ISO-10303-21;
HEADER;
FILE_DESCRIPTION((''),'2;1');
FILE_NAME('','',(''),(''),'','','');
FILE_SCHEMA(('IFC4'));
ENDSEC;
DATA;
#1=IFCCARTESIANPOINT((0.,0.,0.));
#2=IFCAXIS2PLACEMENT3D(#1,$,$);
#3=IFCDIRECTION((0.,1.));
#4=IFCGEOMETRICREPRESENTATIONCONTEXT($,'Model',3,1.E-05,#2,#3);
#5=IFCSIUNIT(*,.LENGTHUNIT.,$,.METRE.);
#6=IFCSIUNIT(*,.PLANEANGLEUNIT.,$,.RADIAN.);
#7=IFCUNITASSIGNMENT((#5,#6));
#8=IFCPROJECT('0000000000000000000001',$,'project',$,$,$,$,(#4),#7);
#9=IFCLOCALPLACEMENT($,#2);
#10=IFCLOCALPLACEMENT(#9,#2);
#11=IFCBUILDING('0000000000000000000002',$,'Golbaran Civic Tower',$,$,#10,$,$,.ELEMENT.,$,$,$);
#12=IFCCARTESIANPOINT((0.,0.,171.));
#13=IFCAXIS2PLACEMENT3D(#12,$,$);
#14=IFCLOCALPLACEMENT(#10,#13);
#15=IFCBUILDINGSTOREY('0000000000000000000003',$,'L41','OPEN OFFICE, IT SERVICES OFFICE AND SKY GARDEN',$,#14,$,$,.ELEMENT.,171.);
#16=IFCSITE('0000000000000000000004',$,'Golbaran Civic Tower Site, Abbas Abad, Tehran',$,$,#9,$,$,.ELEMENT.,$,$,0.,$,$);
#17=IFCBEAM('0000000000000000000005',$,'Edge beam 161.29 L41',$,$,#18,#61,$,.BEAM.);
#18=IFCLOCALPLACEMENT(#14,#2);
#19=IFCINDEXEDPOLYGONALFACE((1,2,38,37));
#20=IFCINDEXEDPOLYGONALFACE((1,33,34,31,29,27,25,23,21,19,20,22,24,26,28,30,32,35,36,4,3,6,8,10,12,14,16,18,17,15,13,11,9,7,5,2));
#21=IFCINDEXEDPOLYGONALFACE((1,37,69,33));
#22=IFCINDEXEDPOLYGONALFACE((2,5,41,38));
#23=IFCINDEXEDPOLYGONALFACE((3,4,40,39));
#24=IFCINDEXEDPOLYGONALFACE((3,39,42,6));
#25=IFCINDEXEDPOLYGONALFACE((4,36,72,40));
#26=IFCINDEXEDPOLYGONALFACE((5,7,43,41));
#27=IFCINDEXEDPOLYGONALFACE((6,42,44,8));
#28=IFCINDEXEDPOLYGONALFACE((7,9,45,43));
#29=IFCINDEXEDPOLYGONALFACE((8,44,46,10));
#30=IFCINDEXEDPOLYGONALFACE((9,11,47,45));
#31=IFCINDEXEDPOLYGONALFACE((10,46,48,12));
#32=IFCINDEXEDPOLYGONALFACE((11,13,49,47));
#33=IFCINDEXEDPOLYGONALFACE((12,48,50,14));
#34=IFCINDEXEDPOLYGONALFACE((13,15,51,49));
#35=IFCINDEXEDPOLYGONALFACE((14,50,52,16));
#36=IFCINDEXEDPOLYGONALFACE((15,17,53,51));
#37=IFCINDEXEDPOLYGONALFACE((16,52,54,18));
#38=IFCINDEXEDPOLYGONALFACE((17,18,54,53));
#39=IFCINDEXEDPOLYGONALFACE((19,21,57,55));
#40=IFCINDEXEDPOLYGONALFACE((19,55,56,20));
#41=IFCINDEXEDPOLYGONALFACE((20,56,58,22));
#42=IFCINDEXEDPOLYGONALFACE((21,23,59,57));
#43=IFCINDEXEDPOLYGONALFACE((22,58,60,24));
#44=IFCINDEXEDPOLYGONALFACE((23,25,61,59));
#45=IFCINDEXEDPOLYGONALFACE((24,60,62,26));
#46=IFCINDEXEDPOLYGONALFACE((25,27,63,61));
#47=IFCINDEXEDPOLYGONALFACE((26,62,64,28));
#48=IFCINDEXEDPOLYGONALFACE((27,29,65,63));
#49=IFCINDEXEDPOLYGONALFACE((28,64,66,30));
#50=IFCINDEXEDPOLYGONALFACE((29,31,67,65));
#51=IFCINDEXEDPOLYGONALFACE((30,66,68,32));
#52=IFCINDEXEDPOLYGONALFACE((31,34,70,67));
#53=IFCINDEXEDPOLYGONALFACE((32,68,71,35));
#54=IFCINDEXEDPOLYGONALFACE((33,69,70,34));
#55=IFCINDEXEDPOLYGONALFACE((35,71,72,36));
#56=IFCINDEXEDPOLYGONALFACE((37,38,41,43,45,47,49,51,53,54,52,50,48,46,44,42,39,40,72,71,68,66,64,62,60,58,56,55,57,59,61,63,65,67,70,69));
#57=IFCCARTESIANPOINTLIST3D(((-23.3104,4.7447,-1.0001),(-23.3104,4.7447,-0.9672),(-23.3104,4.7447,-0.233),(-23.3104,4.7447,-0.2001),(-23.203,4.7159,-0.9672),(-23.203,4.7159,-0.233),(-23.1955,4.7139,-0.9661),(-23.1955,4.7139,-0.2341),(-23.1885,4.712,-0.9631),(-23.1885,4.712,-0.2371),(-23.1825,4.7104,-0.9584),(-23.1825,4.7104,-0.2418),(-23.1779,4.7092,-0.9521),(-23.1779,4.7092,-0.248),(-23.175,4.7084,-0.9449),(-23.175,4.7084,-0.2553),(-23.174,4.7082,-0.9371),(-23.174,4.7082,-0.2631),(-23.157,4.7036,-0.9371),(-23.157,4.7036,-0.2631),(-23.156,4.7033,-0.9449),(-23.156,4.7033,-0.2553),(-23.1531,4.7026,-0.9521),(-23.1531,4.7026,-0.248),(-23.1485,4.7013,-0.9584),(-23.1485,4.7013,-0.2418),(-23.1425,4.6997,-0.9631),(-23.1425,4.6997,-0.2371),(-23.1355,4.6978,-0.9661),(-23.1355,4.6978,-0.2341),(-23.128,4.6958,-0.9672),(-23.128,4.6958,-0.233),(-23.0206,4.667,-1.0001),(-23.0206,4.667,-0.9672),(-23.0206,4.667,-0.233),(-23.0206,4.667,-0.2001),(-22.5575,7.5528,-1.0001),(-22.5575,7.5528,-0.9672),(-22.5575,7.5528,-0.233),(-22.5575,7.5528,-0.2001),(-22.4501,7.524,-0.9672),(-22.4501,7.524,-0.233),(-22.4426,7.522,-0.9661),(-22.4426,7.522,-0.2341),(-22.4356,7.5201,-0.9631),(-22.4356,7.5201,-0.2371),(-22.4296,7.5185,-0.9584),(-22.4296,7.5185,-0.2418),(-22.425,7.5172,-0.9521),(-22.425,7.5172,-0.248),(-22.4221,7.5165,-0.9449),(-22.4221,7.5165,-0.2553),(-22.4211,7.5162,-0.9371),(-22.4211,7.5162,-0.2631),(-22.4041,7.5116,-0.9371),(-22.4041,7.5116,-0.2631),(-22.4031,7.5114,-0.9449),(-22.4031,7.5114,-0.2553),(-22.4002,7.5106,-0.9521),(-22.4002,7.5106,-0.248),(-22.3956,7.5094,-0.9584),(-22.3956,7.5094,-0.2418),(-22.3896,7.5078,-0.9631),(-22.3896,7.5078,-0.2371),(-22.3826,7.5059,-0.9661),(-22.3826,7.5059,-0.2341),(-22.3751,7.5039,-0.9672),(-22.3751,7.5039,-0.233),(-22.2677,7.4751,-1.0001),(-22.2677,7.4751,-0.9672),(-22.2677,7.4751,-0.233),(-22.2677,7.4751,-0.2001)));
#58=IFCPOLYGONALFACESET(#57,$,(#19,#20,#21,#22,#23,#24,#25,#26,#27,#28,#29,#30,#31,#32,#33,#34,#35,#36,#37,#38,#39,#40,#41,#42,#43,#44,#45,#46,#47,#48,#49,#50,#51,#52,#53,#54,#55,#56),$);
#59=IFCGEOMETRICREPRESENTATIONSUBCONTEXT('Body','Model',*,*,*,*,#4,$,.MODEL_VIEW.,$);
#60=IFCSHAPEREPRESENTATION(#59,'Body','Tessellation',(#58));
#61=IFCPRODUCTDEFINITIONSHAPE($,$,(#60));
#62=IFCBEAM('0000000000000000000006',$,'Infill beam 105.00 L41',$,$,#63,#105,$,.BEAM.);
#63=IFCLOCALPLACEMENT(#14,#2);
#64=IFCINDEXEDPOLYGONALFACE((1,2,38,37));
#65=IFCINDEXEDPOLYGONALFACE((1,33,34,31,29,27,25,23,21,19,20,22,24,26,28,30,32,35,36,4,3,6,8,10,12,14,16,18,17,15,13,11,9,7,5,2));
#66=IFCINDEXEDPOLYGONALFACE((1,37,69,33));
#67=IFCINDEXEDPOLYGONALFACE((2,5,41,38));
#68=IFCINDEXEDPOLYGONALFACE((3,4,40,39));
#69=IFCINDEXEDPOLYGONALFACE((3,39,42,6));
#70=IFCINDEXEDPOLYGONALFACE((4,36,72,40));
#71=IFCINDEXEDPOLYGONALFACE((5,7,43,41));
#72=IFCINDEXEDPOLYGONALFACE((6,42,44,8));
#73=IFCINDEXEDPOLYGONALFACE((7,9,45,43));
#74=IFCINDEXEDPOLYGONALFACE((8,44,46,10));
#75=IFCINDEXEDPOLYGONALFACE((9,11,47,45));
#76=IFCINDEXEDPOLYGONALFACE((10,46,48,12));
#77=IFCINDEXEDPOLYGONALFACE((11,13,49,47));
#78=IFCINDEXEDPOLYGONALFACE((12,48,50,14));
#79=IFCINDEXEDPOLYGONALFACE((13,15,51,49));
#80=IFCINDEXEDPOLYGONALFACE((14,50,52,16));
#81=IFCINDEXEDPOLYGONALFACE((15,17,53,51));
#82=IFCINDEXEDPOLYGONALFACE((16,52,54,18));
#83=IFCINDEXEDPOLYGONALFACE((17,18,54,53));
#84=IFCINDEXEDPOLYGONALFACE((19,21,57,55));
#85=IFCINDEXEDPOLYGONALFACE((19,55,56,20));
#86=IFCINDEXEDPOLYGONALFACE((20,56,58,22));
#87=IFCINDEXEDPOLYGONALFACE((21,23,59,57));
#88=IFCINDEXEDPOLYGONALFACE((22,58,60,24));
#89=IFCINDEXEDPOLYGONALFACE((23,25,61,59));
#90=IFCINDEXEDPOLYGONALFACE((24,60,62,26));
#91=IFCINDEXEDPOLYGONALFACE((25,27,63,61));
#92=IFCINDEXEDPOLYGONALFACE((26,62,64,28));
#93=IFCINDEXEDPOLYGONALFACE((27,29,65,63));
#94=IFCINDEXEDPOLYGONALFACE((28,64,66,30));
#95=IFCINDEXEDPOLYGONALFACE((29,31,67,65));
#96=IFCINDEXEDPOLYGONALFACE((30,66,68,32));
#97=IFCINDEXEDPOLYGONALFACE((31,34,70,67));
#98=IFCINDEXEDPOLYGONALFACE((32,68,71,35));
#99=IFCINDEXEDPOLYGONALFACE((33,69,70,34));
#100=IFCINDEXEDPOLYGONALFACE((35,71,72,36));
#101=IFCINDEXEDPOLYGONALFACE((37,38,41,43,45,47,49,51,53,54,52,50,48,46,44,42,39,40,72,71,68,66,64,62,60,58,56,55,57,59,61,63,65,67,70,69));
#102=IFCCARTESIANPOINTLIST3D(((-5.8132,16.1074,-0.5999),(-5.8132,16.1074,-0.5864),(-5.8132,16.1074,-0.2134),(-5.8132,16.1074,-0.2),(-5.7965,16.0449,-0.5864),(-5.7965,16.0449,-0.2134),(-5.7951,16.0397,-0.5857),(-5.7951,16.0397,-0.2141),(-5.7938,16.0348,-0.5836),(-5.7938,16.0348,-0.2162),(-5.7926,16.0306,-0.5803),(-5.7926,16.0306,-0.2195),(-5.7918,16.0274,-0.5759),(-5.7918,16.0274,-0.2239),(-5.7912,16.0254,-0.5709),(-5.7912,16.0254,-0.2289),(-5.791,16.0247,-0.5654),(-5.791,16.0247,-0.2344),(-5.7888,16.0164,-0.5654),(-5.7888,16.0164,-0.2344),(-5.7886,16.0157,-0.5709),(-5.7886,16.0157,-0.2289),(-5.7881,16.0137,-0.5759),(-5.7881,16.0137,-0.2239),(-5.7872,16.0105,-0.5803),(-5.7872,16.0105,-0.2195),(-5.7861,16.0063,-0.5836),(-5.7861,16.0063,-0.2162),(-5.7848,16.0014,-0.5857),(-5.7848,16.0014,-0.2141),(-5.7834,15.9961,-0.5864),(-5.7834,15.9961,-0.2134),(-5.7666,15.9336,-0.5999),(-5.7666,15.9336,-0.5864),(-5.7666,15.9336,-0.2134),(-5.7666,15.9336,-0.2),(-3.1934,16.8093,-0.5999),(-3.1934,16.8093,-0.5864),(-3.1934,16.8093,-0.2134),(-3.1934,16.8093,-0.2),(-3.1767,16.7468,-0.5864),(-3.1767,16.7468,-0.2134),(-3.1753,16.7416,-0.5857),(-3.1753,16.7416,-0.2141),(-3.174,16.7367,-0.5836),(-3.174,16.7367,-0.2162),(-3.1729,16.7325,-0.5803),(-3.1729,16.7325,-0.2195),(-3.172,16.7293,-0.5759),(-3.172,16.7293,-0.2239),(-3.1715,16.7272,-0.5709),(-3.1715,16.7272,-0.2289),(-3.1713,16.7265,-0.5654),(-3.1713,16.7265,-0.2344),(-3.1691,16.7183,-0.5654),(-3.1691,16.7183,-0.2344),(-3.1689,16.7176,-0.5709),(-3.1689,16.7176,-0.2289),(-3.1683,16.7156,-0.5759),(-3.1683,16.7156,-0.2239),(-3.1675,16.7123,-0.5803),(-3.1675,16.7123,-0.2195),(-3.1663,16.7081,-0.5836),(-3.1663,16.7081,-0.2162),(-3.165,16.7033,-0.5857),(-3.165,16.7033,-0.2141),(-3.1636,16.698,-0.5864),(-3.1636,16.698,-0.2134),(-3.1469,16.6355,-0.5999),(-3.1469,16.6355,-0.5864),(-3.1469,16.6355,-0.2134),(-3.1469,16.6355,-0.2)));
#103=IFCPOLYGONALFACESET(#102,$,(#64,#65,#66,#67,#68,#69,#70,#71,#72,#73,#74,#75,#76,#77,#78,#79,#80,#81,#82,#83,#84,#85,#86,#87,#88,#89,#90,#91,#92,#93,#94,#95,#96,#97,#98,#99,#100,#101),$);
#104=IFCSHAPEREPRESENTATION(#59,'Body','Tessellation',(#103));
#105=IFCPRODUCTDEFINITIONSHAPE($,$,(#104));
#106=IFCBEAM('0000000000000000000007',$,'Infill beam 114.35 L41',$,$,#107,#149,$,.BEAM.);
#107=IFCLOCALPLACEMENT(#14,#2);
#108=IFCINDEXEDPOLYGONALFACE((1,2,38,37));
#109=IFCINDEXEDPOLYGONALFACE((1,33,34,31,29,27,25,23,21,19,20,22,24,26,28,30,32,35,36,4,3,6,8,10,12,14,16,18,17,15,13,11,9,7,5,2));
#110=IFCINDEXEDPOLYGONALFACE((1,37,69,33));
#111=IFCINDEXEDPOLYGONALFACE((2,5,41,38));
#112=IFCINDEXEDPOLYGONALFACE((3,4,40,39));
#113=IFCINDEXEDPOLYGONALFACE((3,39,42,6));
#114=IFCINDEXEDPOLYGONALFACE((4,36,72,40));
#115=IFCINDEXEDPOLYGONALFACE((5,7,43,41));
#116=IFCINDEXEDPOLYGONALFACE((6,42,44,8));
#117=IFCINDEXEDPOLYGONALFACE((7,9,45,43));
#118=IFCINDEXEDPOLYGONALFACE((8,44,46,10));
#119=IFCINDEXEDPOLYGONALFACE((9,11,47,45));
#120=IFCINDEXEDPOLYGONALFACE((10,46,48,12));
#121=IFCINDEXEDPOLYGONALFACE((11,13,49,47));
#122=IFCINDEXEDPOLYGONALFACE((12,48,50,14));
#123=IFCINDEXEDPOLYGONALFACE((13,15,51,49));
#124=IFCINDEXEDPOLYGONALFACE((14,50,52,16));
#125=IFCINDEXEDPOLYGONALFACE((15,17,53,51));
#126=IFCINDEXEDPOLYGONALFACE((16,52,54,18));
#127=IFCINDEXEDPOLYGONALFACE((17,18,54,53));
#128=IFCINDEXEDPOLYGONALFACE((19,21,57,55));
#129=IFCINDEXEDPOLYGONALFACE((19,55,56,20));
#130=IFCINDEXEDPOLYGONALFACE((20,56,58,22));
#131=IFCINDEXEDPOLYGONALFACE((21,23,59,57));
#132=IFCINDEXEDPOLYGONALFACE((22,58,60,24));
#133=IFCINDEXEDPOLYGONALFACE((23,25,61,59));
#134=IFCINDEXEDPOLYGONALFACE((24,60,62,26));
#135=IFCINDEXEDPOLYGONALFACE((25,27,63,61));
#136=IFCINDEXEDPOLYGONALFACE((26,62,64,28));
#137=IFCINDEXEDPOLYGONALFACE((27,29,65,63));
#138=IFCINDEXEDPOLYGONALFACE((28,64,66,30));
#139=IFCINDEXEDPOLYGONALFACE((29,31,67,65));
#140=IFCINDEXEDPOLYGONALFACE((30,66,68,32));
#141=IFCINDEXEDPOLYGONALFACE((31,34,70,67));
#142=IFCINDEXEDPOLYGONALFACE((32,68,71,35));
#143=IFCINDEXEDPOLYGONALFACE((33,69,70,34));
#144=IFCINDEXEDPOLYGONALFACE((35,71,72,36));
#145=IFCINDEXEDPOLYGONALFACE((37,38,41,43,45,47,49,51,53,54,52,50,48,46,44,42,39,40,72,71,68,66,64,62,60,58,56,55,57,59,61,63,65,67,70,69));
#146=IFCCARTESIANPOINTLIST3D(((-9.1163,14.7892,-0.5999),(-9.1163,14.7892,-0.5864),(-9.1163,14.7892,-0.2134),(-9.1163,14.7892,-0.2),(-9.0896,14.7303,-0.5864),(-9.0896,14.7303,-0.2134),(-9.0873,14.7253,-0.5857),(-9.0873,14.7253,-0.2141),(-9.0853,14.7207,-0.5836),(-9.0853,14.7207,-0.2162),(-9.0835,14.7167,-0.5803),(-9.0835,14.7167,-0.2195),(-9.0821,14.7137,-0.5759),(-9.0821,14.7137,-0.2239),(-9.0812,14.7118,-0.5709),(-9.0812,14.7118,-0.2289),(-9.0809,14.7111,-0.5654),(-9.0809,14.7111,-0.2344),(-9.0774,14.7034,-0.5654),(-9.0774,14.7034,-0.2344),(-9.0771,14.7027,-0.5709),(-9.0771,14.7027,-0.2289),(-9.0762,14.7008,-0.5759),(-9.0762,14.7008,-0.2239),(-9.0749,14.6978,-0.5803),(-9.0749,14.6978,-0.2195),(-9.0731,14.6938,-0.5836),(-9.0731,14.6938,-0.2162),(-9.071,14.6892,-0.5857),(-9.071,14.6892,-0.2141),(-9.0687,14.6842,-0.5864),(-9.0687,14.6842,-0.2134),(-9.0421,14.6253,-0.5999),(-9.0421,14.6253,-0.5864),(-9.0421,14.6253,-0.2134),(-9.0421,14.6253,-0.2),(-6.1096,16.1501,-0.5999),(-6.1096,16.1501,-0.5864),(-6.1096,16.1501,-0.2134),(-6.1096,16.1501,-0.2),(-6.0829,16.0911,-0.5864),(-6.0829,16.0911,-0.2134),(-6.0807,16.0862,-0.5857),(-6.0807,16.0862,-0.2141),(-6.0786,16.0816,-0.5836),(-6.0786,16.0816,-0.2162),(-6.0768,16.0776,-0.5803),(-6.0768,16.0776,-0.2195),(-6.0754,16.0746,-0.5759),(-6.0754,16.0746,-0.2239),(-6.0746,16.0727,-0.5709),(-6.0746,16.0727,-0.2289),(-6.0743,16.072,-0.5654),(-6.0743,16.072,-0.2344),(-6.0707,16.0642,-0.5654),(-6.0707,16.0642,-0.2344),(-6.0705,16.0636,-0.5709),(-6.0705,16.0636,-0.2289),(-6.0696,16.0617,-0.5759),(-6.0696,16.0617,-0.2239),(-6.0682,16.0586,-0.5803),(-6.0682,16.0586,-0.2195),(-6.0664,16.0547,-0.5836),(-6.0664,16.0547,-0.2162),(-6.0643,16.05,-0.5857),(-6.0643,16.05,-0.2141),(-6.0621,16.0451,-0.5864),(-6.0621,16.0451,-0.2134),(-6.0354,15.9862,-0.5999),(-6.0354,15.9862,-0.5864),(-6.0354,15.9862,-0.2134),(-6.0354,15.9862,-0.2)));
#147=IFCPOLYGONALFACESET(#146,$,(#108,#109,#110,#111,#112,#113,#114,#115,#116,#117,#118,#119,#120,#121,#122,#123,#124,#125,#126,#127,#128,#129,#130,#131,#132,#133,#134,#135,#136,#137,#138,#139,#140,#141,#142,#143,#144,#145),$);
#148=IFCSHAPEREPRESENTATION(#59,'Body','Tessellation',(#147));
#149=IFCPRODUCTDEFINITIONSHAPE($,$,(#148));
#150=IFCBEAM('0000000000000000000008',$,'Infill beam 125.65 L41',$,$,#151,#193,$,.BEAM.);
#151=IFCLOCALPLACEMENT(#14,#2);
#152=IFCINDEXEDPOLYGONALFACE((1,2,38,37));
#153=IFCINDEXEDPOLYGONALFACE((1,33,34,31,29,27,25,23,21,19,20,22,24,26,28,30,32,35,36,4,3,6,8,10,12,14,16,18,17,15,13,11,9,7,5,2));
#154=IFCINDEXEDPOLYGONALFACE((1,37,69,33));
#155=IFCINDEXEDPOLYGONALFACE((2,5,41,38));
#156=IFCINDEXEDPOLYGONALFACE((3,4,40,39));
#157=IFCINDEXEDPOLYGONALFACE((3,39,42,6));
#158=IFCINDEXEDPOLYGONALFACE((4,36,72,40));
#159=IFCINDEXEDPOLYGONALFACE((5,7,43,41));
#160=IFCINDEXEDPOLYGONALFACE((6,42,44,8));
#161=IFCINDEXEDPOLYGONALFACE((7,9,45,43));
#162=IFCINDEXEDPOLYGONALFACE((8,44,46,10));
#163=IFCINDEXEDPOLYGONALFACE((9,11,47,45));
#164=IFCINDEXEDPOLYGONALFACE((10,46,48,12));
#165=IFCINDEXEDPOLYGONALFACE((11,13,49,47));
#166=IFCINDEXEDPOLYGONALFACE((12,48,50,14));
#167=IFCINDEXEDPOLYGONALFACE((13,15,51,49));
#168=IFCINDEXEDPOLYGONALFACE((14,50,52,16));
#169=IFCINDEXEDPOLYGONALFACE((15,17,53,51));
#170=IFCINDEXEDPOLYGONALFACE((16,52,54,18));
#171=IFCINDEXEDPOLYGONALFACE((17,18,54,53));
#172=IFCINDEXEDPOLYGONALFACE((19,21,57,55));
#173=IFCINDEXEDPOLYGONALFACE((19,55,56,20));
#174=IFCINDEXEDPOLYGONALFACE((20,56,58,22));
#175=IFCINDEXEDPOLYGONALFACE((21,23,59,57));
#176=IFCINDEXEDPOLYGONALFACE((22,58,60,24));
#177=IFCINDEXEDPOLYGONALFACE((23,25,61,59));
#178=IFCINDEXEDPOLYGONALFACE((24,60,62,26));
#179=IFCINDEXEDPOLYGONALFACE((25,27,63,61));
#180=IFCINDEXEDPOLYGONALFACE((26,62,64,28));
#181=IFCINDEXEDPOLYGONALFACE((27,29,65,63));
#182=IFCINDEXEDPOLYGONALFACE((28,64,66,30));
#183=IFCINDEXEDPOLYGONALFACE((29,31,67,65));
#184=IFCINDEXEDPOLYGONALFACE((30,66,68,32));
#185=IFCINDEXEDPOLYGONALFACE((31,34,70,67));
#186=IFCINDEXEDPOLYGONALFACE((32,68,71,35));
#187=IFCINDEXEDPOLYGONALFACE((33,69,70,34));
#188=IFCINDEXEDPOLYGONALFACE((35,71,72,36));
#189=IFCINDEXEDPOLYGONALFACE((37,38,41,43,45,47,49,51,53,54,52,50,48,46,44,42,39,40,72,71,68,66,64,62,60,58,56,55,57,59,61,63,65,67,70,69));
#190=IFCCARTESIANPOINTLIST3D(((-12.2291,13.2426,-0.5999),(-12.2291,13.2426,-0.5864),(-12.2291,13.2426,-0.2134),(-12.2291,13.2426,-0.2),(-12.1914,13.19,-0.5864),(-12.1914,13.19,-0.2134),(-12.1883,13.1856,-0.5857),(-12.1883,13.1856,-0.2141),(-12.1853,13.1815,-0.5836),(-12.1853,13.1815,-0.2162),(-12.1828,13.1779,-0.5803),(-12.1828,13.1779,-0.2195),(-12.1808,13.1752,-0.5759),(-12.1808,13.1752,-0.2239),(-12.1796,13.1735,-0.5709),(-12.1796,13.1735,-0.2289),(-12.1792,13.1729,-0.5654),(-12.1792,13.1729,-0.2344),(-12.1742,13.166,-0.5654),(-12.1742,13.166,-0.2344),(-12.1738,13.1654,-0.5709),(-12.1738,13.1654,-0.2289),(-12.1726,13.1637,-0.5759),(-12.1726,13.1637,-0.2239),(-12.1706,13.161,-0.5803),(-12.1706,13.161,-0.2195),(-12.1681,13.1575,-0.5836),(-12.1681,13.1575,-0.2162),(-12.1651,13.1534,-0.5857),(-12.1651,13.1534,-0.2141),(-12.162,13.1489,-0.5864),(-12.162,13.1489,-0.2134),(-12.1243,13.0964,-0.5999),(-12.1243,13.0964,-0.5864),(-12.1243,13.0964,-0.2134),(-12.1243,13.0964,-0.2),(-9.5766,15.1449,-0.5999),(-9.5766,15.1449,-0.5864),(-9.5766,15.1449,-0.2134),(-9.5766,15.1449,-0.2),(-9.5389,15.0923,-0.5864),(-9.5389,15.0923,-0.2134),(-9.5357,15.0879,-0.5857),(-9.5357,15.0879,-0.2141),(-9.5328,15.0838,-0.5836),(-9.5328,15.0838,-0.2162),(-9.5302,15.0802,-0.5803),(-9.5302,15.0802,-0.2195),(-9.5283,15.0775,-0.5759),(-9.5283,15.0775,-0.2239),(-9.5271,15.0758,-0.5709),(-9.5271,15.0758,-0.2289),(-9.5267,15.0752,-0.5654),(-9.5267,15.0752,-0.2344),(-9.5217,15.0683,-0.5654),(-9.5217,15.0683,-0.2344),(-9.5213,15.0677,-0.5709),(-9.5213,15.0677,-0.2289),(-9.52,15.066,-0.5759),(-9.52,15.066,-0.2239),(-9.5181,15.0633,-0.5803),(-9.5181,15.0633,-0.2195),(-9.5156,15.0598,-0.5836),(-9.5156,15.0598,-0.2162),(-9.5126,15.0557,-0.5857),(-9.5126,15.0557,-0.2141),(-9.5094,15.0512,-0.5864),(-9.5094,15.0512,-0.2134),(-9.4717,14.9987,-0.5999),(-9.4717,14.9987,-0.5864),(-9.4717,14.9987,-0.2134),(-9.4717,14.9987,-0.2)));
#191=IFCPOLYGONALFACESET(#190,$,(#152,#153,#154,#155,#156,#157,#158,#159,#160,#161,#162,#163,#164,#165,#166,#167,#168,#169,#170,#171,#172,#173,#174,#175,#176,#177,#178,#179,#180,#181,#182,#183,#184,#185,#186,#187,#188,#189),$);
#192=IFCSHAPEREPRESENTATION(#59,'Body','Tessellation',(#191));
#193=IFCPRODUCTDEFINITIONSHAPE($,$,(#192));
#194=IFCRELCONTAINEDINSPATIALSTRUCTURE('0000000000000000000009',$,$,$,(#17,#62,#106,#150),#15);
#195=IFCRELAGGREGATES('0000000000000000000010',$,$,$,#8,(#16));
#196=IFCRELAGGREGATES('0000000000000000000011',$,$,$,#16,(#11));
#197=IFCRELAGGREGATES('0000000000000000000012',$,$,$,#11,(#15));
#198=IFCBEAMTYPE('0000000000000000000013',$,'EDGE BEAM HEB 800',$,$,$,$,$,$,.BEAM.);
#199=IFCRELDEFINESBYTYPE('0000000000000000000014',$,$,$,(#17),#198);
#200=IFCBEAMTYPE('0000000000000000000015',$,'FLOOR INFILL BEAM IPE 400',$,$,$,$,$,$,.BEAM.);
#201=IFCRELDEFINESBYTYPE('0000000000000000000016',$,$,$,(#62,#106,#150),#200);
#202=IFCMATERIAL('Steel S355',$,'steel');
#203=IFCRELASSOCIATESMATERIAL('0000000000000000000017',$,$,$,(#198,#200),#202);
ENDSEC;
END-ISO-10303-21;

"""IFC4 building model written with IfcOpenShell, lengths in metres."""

from ifc_helpers import new_model, si_unit, direction, frame, origin, origin_2d, place, context, subcontext, project, spatial, i_section, extrude, material, material_profile, profile_set, type_object, element, save


model = new_model("IFC4")

# Units and contexts
model_context = context("Model", 3, precision=1e-05, world=origin(), true_north=direction((0.0, 1.0)))
body_context = subcontext(model_context, "Body", "Model", "MODEL_VIEW")
ifc_project = project(units=[si_unit("LENGTHUNIT", "METRE"), si_unit("PLANEANGLEUNIT", "RADIAN")], contexts=[model_context])

# Site, building, storey
site_placement = place(None, origin())
site = spatial("IfcSite", under=ifc_project, at=site_placement, Name="Golbaran Civic Tower Site, Abbas Abad, Tehran", CompositionType="ELEMENT", RefElevation=0.0)
building_placement = place(site_placement, origin())
building = spatial("IfcBuilding", under=site, at=building_placement, Name="Golbaran Civic Tower", CompositionType="ELEMENT")
storey_placement = place(building_placement, frame((0.0, 0.0, 171.0)))
storey = spatial("IfcBuildingStorey", under=building, at=storey_placement, Name="L41", Description="OPEN OFFICE, IT SERVICES OFFICE AND SKY GARDEN", CompositionType="ELEMENT", Elevation=171.0)

# Beams
ifc_material_1 = material(Name="Steel S355", Category="steel")
ifc_material_profile_1 = material_profile(ifc_material_1, i_section(OverallWidth=0.3, OverallDepth=0.8, WebThickness=0.0176, FlangeThickness=0.033, FilletRadius=0.03, at=origin_2d()), Name="HEB 800")
ifc_profile_set_1 = profile_set([ifc_material_profile_1], Name="Steel S355")
beam_type_1 = type_object("IfcBeamType", Name="EDGE BEAM HEB 800", PredefinedType="BEAM", material=ifc_profile_set_1)
beam_1_placement = place(storey_placement, frame((-22.4126, 7.5139, -0.6001), z_axis=(-0.25898, -0.965883, 0.0), x_axis=(0.965883, -0.25898, 0.0)))
element("IfcBeam", 1, at=beam_1_placement, inside=storey, type_object=beam_type_1, Name="Edge beam 161.29 L41", PredefinedType="BEAM", context=body_context, shape_type="SweptSolid", body=[
    extrude(i_section(OverallWidth=0.3, OverallDepth=0.8, WebThickness=0.0176, FlangeThickness=0.033, FilletRadius=0.03, at=origin_2d()), origin(), (0.0, 0.0, 1.0), 2.9072),
])
ifc_material_profile_2 = material_profile(ifc_material_1, i_section(OverallWidth=0.1799, OverallDepth=0.3999, WebThickness=0.0085, FlangeThickness=0.0134, FilletRadius=0.021, at=origin_2d()), Name="IPE 400")
ifc_profile_set_2 = profile_set([ifc_material_profile_2], Name="Steel S355")
beam_type_2 = type_object("IfcBeamType", Name="FLOOR INFILL BEAM IPE 400", PredefinedType="BEAM", material=ifc_profile_set_2)
beam_2_placement = place(storey_placement, frame((-3.1702, 16.7224, -0.3999), z_axis=(-0.965934, -0.258789, 0.0), x_axis=(0.258789, -0.965934, 0.0)))
element("IfcBeam", 2, at=beam_2_placement, inside=storey, type_object=beam_type_2, Name="Infill beam 105.00 L41", PredefinedType="BEAM", context=body_context, shape_type="SweptSolid", body=[
    extrude(i_section(OverallWidth=0.1799, OverallDepth=0.3999, WebThickness=0.0085, FlangeThickness=0.0134, FilletRadius=0.021, at=origin_2d()), origin(), (0.0, 0.0, 1.0), 2.7122),
])
beam_3_placement = place(storey_placement, frame((-6.0725, 16.0681, -0.3999), z_axis=(-0.911027, -0.412348, 0.0), x_axis=(0.412348, -0.911027, 0.0)))
element("IfcBeam", 3, at=beam_3_placement, inside=storey, type_object=beam_type_2, Name="Infill beam 114.35 L41", PredefinedType="BEAM", context=body_context, shape_type="SweptSolid", body=[
    extrude(i_section(OverallWidth=0.1799, OverallDepth=0.3999, WebThickness=0.0085, FlangeThickness=0.0134, FilletRadius=0.021, at=origin_2d()), origin(), (0.0, 0.0, 1.0), 3.3003),
])
beam_4_placement = place(storey_placement, frame((-9.5242, 15.0718, -0.3999), z_axis=(-0.812625, -0.582787, 0.0), x_axis=(0.582787, -0.812625, 0.0)))
element("IfcBeam", 4, at=beam_4_placement, inside=storey, type_object=beam_type_2, Name="Infill beam 125.65 L41", PredefinedType="BEAM", context=body_context, shape_type="SweptSolid", body=[
    extrude(i_section(OverallWidth=0.1799, OverallDepth=0.3999, WebThickness=0.0085, FlangeThickness=0.0134, FilletRadius=0.021, at=origin_2d()), origin(), (0.0, 0.0, 1.0), 3.2642),
])

save(model, "model.ifc")
